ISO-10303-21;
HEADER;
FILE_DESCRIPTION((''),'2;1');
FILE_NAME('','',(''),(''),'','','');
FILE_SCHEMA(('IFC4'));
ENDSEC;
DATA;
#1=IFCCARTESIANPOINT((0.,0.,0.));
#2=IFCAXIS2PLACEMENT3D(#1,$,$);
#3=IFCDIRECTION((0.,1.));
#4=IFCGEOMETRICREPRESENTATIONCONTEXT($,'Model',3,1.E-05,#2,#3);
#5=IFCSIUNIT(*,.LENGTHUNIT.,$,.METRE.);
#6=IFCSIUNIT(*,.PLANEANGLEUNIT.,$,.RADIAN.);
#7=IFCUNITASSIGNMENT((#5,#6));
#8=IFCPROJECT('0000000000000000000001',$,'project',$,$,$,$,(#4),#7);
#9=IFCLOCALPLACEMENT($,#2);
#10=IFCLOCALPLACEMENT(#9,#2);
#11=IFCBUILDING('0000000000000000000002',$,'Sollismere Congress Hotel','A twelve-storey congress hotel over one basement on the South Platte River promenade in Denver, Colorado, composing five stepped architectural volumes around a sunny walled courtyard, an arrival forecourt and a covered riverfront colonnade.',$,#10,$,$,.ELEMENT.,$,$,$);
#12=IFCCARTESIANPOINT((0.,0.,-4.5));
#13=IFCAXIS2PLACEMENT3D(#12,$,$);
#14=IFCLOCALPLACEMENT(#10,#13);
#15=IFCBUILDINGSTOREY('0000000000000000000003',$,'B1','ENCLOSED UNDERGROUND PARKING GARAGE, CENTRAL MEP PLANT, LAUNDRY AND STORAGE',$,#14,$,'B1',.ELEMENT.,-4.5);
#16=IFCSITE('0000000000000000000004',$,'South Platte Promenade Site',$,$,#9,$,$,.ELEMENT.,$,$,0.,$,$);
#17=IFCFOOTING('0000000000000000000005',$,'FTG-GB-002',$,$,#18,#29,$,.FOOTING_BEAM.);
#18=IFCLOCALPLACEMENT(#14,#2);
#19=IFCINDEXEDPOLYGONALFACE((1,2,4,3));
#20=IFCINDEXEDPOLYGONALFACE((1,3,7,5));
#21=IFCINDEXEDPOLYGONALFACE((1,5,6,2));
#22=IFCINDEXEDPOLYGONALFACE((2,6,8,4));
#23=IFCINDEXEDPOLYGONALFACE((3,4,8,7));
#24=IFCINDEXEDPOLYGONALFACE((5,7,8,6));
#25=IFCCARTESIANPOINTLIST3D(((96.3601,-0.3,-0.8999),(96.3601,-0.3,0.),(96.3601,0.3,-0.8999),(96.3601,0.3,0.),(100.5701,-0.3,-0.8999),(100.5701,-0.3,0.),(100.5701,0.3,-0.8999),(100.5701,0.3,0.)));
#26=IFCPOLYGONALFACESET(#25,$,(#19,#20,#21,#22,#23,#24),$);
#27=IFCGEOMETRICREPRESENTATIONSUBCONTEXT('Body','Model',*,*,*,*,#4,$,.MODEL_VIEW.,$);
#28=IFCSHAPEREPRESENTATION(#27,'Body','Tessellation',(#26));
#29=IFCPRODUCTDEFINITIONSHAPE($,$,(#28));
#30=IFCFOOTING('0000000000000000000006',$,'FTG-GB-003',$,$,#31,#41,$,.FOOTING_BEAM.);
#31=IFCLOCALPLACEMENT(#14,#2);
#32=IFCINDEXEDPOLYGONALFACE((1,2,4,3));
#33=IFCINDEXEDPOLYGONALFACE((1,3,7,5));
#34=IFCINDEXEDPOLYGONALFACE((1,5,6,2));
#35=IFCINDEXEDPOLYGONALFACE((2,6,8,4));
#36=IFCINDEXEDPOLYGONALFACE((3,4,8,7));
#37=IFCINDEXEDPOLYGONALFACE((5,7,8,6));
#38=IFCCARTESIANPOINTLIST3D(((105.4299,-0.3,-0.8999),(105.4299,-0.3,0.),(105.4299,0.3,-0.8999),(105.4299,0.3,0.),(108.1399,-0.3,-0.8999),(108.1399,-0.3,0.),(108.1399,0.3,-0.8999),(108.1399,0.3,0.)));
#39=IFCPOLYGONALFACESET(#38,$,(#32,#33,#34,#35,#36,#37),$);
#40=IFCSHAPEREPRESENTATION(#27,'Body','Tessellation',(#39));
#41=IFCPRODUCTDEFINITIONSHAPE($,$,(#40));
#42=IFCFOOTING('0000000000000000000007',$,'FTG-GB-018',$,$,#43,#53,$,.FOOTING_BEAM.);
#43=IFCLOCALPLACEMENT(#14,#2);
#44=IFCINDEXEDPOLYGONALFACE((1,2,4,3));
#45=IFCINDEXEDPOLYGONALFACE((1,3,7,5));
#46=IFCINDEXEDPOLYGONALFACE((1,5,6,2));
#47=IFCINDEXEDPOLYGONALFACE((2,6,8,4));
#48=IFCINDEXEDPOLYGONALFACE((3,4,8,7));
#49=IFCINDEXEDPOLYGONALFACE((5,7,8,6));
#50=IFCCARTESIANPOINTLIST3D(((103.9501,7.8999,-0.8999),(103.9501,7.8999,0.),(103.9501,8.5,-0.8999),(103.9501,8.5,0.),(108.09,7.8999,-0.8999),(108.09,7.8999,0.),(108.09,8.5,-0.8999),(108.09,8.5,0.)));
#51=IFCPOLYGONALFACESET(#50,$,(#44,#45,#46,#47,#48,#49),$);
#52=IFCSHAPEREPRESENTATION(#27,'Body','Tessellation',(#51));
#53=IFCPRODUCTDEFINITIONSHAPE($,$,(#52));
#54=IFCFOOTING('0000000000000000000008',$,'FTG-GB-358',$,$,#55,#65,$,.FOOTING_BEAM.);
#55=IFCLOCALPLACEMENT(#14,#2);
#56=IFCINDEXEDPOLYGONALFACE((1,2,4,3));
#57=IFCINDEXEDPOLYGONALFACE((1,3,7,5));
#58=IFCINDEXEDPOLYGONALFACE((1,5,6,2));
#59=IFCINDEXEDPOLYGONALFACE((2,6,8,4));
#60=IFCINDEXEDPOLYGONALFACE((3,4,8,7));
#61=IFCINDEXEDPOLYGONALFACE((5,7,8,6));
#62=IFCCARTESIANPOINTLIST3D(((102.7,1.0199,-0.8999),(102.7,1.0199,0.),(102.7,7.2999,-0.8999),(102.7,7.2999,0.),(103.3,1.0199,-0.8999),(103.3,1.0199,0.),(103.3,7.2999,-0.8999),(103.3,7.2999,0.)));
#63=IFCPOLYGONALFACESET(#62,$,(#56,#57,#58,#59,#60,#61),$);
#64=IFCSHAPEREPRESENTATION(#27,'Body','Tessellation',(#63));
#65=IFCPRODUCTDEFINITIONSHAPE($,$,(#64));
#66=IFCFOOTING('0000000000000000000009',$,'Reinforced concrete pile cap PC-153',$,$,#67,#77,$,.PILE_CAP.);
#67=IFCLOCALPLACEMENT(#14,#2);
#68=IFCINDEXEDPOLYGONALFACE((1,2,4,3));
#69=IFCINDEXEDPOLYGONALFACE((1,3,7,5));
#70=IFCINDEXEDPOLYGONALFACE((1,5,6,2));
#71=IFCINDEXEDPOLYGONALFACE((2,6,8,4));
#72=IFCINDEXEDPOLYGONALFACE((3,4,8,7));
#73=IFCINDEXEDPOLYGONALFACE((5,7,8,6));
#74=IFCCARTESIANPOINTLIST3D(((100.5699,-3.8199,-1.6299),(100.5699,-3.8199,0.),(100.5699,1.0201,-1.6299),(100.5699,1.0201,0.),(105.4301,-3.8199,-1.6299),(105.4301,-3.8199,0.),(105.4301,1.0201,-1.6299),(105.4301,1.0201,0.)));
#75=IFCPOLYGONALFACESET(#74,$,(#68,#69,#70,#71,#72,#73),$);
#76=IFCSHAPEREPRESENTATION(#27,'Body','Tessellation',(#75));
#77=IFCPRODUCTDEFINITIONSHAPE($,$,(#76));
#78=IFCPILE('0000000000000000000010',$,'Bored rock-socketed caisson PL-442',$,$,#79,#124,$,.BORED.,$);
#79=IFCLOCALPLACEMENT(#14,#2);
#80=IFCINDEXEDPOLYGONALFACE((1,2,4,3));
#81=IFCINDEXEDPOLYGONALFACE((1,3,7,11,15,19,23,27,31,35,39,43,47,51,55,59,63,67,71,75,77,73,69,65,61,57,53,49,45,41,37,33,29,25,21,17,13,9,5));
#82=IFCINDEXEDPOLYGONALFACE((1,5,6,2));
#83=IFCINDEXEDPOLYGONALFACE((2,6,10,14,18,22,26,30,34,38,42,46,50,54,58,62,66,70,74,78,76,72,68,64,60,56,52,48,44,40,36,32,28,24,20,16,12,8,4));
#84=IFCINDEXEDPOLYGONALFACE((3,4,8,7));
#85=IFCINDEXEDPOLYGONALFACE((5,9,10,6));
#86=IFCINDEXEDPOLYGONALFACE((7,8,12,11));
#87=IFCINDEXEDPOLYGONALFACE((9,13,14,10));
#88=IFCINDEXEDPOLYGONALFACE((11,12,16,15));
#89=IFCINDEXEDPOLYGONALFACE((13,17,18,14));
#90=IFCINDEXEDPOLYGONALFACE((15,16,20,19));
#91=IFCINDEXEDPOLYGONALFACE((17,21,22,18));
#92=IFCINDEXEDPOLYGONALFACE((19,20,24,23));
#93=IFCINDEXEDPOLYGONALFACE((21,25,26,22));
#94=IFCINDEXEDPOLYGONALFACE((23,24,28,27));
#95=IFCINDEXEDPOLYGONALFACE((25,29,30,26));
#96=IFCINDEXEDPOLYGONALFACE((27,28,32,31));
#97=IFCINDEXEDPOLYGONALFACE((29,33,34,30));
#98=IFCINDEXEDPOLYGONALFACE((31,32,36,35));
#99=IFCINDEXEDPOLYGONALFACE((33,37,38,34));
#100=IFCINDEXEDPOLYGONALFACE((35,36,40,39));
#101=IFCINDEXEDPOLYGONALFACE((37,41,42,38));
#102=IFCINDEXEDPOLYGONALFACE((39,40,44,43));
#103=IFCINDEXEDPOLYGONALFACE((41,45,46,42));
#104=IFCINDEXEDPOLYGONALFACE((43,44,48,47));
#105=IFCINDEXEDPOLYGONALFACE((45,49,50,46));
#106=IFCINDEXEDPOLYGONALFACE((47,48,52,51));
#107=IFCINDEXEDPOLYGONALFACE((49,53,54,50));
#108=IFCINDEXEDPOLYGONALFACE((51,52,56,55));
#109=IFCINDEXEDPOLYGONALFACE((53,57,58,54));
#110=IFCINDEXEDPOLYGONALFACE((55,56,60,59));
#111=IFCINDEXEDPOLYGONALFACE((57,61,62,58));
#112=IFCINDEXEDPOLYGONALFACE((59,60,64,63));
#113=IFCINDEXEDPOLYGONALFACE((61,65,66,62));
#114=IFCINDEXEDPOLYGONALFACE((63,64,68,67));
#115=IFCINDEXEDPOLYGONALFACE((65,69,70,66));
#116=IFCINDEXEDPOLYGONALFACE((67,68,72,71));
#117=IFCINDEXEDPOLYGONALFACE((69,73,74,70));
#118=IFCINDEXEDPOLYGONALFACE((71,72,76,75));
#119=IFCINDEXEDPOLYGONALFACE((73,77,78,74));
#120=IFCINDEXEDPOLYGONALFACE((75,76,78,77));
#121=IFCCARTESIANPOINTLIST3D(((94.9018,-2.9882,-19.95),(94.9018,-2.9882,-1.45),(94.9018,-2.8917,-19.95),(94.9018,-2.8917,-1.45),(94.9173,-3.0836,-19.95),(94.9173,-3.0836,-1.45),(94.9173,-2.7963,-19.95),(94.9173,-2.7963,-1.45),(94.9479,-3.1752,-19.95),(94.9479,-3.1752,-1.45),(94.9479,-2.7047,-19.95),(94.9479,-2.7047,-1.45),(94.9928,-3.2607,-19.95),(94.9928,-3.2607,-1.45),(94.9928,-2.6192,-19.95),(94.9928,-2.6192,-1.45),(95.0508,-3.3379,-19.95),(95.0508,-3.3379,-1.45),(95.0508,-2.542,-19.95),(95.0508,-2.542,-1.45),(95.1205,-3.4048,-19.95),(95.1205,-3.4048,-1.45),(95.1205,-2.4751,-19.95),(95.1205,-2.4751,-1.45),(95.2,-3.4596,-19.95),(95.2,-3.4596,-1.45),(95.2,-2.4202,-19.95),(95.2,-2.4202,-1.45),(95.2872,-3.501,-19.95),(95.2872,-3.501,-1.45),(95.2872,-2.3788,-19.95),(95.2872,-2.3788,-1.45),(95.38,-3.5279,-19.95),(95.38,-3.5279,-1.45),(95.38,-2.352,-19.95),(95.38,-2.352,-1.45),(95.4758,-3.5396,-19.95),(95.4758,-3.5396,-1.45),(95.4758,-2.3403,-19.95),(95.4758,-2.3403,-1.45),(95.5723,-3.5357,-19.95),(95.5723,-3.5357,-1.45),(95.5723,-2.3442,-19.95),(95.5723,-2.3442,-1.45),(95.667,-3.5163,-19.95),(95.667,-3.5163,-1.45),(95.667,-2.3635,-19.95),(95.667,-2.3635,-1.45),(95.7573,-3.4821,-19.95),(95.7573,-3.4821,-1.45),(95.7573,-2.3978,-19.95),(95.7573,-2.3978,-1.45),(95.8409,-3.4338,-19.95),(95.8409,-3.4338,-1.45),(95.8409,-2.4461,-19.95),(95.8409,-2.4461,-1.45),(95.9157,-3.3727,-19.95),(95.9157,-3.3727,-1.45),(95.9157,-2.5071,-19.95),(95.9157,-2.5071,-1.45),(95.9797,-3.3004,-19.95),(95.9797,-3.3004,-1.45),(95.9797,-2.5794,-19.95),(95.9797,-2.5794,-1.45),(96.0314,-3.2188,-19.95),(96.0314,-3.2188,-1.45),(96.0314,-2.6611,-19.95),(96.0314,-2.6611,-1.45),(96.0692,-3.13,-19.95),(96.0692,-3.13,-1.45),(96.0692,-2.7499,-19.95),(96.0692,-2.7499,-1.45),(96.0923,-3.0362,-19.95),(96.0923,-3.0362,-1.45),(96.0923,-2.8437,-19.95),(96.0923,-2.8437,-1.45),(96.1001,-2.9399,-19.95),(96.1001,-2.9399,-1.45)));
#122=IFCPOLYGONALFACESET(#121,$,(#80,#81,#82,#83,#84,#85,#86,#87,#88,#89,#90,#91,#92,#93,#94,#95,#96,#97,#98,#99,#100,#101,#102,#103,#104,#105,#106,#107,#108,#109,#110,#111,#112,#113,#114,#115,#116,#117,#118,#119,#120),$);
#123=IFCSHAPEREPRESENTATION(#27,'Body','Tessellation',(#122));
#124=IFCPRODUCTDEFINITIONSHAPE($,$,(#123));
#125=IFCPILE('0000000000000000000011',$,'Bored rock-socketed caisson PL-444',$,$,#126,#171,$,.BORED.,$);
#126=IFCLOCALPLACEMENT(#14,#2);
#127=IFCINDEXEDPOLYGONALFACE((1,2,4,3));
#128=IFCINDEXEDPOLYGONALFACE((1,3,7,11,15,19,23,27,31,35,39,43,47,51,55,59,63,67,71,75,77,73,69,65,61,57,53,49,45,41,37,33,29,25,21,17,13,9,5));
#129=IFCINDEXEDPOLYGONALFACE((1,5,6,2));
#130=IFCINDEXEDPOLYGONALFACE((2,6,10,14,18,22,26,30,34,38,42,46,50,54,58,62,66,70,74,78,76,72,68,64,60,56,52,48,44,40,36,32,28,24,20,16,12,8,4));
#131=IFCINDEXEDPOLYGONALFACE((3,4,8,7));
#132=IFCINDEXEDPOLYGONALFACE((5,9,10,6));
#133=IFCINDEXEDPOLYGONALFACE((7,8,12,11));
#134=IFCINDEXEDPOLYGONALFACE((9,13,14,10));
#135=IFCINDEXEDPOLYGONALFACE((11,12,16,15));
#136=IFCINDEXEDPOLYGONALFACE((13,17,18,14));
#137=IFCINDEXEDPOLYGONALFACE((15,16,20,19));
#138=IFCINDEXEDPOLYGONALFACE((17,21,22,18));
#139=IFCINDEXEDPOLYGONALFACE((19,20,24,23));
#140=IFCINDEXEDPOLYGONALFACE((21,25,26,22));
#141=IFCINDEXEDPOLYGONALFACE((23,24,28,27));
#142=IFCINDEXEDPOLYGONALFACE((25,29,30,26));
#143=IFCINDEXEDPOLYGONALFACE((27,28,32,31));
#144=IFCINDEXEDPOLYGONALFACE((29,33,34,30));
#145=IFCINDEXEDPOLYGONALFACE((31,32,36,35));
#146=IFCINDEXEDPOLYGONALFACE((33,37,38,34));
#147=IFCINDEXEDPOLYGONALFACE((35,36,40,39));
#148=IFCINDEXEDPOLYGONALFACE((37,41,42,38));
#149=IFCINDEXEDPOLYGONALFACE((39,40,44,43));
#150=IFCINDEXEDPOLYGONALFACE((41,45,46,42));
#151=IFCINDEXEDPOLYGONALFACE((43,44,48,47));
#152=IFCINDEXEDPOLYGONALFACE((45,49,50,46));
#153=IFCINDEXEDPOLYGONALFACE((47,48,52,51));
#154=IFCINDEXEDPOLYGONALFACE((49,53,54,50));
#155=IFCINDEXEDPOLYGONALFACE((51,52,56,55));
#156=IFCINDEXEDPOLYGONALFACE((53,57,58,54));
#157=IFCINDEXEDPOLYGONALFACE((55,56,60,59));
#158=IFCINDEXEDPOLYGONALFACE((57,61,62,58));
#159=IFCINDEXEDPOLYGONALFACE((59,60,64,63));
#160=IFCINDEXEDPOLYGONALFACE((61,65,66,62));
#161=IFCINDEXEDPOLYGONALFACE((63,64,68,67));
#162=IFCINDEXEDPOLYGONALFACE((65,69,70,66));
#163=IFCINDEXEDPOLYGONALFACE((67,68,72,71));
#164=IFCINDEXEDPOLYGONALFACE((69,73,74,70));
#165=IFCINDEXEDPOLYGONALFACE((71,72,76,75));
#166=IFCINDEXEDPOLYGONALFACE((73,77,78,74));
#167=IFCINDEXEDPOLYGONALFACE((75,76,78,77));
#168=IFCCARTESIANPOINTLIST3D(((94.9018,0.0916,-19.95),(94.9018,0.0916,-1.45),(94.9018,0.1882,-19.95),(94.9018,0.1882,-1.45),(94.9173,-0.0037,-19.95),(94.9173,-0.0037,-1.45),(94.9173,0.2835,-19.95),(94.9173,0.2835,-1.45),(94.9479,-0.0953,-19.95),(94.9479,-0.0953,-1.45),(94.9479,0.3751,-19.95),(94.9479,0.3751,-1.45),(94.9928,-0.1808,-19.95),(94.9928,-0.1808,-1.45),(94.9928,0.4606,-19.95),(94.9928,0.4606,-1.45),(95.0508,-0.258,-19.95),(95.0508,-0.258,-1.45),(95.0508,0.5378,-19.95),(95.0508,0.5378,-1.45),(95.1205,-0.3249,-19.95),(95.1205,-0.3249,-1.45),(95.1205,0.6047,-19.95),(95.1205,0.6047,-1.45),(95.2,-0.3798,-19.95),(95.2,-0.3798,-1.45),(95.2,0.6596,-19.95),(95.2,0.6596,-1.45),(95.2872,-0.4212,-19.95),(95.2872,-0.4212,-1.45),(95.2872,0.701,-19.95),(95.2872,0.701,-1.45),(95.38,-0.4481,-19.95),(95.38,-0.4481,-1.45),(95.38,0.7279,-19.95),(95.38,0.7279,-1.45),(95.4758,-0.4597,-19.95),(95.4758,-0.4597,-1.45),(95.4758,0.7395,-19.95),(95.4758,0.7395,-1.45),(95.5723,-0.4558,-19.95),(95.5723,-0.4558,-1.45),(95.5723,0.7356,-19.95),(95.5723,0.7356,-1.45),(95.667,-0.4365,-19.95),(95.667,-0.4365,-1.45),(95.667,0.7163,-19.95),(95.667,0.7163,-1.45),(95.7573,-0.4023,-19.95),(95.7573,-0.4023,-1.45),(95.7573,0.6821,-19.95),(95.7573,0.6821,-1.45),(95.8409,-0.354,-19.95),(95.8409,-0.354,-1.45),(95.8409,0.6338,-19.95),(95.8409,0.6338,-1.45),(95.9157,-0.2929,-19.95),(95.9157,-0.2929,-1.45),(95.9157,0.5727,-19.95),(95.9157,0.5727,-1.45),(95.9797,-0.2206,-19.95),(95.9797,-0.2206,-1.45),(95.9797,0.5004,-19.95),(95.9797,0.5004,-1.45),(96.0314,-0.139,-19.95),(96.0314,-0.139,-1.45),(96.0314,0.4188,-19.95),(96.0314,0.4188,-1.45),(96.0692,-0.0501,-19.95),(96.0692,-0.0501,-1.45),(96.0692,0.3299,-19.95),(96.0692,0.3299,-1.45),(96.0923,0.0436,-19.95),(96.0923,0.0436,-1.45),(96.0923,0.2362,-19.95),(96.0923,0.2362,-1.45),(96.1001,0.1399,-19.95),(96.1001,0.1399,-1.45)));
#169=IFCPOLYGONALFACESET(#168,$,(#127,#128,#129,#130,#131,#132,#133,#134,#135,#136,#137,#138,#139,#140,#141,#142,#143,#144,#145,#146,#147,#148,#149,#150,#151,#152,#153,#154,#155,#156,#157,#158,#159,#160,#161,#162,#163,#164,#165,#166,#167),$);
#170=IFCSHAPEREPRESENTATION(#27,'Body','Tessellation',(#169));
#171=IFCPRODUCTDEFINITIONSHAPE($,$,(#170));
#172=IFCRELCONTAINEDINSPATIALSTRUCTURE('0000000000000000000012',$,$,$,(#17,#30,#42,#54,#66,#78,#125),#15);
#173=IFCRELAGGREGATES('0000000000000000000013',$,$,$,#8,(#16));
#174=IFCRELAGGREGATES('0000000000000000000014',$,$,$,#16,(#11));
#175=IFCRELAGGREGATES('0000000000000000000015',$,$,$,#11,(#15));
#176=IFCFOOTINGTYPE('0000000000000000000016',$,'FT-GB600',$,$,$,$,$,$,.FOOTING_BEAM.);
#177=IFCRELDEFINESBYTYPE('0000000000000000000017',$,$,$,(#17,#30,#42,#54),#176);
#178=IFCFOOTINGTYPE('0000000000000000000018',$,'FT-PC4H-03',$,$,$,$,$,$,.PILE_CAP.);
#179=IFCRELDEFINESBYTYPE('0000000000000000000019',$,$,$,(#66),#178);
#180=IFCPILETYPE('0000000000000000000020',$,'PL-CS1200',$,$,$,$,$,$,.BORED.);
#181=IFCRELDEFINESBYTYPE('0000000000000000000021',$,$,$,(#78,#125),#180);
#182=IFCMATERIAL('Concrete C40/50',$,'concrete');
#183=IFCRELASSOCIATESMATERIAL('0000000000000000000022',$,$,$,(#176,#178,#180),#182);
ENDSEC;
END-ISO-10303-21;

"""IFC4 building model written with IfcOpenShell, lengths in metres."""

from ifc_helpers import new_model, si_unit, direction, frame, origin, origin_2d, place, context, subcontext, project, spatial, rectangle, circle, extrude, material, material_profile, profile_set, type_object, element, save


model = new_model("IFC4")

# Units and contexts
model_context = context("Model", 3, precision=1e-05, world=origin(), true_north=direction((0.0, 1.0)))
body_context = subcontext(model_context, "Body", "Model", "MODEL_VIEW")
ifc_project = project(units=[si_unit("LENGTHUNIT", "METRE"), si_unit("PLANEANGLEUNIT", "RADIAN")], contexts=[model_context])

# Site, building, storey
site_placement = place(None, origin())
site = spatial("IfcSite", under=ifc_project, at=site_placement, Name="South Platte Promenade Site", CompositionType="ELEMENT", RefElevation=0.0)
building_placement = place(site_placement, origin())
building = spatial("IfcBuilding", under=site, at=building_placement, Name="Sollismere Congress Hotel", Description="A twelve-storey congress hotel over one basement on the South Platte River promenade in Denver, Colorado, composing five stepped architectural volumes around a sunny walled courtyard, an arrival forecourt and a covered riverfront colonnade.", CompositionType="ELEMENT")
storey_placement = place(building_placement, frame((0.0, 0.0, -4.5)))
storey = spatial("IfcBuildingStorey", under=building, at=storey_placement, Name="B1", Description="ENCLOSED UNDERGROUND PARKING GARAGE, CENTRAL MEP PLANT, LAUNDRY AND STORAGE", LongName="B1", CompositionType="ELEMENT", Elevation=-4.5)

# Footings
ifc_material_1 = material(Name="Concrete C40/50", Category="concrete")
footing_type_1 = type_object("IfcFootingType", Name="FT-GB600", PredefinedType="FOOTING_BEAM", material=ifc_material_1)
footing_1_placement = place(storey_placement, frame((98.4651, 0.0, -0.8999), z_axis=(0.0, 0.0, 1.0), x_axis=(1.0, 0.0, 0.0)))
element("IfcFooting", 1, at=footing_1_placement, inside=storey, type_object=footing_type_1, Name="FTG-GB-002", PredefinedType="FOOTING_BEAM", context=body_context, shape_type="SweptSolid", body=[
    extrude(rectangle(XDim=4.21, YDim=0.6001, at=origin_2d()), origin(), (0.0, 0.0, 1.0), 0.8999),
])
footing_2_placement = place(storey_placement, frame((106.7849, 0.0, -0.8999), z_axis=(0.0, 0.0, 1.0), x_axis=(1.0, 0.0, 0.0)))
element("IfcFooting", 2, at=footing_2_placement, inside=storey, type_object=footing_type_1, Name="FTG-GB-003", PredefinedType="FOOTING_BEAM", context=body_context, shape_type="SweptSolid", body=[
    extrude(rectangle(XDim=2.71, YDim=0.6001, at=origin_2d()), origin(), (0.0, 0.0, 1.0), 0.8999),
])
footing_3_placement = place(storey_placement, frame((106.02, 8.2, -0.8999), z_axis=(0.0, 0.0, 1.0), x_axis=(1.0, 0.0, 0.0)))
element("IfcFooting", 3, at=footing_3_placement, inside=storey, type_object=footing_type_1, Name="FTG-GB-018", PredefinedType="FOOTING_BEAM", context=body_context, shape_type="SweptSolid", body=[
    extrude(rectangle(XDim=4.1399, YDim=0.6001, at=origin_2d()), origin(), (0.0, 0.0, 1.0), 0.8999),
])
footing_4_placement = place(storey_placement, frame((103.0, 4.1599, -0.8999), z_axis=(0.0, 0.0, 1.0), x_axis=(0.0, 1.0, 0.0)))
element("IfcFooting", 4, at=footing_4_placement, inside=storey, type_object=footing_type_1, Name="FTG-GB-358", PredefinedType="FOOTING_BEAM", context=body_context, shape_type="SweptSolid", body=[
    extrude(rectangle(XDim=6.28, YDim=0.6001, at=origin_2d()), origin(), (0.0, 0.0, 1.0), 0.8999),
])
footing_type_2 = type_object("IfcFootingType", Name="FT-PC4H-03", PredefinedType="PILE_CAP", material=ifc_material_1)
footing_5_placement = place(storey_placement, frame((103.0, -1.3999, -1.6299), z_axis=(0.0, 0.0, 1.0), x_axis=(1.0, 0.0, 0.0)))
element("IfcFooting", 5, at=footing_5_placement, inside=storey, type_object=footing_type_2, Name="Reinforced concrete pile cap PC-153", PredefinedType="PILE_CAP", context=body_context, shape_type="SweptSolid", body=[
    extrude(rectangle(XDim=4.8601, YDim=4.8401, at=origin_2d()), origin(), (0.0, 0.0, 1.0), 1.6299),
])

# Piles
ifc_material_profile_1 = material_profile(ifc_material_1, circle(Radius=0.6001, at=origin_2d()), Name="CAISSON1200")
ifc_profile_set_1 = profile_set([ifc_material_profile_1], Name="Concrete C40/50")
pile_type = type_object("IfcPileType", Name="PL-CS1200", PredefinedType="BORED", material=ifc_profile_set_1)
for number, where, z_axis, x_axis, name in (
    (6, (95.5, -2.9399, -1.45), (0.0, 0.0, -1.0), (1.0, 0.0, 0.0), "Bored rock-socketed caisson PL-442"),
    (7, (95.5, 0.1399, -1.45), (0.0, 0.0, -1.0), (1.0, 0.0, 0.0), "Bored rock-socketed caisson PL-444"),
):
    element("IfcPile", number, at=place(storey_placement, frame(where, z_axis=z_axis, x_axis=x_axis)), inside=storey, type_object=pile_type, Name=name, PredefinedType="BORED", context=body_context, shape_type="SweptSolid", body=[
        extrude(circle(Radius=0.6001, at=origin_2d()), origin(), (0.0, 0.0, 1.0), 18.5),
    ])

save(model, "model.ifc")
